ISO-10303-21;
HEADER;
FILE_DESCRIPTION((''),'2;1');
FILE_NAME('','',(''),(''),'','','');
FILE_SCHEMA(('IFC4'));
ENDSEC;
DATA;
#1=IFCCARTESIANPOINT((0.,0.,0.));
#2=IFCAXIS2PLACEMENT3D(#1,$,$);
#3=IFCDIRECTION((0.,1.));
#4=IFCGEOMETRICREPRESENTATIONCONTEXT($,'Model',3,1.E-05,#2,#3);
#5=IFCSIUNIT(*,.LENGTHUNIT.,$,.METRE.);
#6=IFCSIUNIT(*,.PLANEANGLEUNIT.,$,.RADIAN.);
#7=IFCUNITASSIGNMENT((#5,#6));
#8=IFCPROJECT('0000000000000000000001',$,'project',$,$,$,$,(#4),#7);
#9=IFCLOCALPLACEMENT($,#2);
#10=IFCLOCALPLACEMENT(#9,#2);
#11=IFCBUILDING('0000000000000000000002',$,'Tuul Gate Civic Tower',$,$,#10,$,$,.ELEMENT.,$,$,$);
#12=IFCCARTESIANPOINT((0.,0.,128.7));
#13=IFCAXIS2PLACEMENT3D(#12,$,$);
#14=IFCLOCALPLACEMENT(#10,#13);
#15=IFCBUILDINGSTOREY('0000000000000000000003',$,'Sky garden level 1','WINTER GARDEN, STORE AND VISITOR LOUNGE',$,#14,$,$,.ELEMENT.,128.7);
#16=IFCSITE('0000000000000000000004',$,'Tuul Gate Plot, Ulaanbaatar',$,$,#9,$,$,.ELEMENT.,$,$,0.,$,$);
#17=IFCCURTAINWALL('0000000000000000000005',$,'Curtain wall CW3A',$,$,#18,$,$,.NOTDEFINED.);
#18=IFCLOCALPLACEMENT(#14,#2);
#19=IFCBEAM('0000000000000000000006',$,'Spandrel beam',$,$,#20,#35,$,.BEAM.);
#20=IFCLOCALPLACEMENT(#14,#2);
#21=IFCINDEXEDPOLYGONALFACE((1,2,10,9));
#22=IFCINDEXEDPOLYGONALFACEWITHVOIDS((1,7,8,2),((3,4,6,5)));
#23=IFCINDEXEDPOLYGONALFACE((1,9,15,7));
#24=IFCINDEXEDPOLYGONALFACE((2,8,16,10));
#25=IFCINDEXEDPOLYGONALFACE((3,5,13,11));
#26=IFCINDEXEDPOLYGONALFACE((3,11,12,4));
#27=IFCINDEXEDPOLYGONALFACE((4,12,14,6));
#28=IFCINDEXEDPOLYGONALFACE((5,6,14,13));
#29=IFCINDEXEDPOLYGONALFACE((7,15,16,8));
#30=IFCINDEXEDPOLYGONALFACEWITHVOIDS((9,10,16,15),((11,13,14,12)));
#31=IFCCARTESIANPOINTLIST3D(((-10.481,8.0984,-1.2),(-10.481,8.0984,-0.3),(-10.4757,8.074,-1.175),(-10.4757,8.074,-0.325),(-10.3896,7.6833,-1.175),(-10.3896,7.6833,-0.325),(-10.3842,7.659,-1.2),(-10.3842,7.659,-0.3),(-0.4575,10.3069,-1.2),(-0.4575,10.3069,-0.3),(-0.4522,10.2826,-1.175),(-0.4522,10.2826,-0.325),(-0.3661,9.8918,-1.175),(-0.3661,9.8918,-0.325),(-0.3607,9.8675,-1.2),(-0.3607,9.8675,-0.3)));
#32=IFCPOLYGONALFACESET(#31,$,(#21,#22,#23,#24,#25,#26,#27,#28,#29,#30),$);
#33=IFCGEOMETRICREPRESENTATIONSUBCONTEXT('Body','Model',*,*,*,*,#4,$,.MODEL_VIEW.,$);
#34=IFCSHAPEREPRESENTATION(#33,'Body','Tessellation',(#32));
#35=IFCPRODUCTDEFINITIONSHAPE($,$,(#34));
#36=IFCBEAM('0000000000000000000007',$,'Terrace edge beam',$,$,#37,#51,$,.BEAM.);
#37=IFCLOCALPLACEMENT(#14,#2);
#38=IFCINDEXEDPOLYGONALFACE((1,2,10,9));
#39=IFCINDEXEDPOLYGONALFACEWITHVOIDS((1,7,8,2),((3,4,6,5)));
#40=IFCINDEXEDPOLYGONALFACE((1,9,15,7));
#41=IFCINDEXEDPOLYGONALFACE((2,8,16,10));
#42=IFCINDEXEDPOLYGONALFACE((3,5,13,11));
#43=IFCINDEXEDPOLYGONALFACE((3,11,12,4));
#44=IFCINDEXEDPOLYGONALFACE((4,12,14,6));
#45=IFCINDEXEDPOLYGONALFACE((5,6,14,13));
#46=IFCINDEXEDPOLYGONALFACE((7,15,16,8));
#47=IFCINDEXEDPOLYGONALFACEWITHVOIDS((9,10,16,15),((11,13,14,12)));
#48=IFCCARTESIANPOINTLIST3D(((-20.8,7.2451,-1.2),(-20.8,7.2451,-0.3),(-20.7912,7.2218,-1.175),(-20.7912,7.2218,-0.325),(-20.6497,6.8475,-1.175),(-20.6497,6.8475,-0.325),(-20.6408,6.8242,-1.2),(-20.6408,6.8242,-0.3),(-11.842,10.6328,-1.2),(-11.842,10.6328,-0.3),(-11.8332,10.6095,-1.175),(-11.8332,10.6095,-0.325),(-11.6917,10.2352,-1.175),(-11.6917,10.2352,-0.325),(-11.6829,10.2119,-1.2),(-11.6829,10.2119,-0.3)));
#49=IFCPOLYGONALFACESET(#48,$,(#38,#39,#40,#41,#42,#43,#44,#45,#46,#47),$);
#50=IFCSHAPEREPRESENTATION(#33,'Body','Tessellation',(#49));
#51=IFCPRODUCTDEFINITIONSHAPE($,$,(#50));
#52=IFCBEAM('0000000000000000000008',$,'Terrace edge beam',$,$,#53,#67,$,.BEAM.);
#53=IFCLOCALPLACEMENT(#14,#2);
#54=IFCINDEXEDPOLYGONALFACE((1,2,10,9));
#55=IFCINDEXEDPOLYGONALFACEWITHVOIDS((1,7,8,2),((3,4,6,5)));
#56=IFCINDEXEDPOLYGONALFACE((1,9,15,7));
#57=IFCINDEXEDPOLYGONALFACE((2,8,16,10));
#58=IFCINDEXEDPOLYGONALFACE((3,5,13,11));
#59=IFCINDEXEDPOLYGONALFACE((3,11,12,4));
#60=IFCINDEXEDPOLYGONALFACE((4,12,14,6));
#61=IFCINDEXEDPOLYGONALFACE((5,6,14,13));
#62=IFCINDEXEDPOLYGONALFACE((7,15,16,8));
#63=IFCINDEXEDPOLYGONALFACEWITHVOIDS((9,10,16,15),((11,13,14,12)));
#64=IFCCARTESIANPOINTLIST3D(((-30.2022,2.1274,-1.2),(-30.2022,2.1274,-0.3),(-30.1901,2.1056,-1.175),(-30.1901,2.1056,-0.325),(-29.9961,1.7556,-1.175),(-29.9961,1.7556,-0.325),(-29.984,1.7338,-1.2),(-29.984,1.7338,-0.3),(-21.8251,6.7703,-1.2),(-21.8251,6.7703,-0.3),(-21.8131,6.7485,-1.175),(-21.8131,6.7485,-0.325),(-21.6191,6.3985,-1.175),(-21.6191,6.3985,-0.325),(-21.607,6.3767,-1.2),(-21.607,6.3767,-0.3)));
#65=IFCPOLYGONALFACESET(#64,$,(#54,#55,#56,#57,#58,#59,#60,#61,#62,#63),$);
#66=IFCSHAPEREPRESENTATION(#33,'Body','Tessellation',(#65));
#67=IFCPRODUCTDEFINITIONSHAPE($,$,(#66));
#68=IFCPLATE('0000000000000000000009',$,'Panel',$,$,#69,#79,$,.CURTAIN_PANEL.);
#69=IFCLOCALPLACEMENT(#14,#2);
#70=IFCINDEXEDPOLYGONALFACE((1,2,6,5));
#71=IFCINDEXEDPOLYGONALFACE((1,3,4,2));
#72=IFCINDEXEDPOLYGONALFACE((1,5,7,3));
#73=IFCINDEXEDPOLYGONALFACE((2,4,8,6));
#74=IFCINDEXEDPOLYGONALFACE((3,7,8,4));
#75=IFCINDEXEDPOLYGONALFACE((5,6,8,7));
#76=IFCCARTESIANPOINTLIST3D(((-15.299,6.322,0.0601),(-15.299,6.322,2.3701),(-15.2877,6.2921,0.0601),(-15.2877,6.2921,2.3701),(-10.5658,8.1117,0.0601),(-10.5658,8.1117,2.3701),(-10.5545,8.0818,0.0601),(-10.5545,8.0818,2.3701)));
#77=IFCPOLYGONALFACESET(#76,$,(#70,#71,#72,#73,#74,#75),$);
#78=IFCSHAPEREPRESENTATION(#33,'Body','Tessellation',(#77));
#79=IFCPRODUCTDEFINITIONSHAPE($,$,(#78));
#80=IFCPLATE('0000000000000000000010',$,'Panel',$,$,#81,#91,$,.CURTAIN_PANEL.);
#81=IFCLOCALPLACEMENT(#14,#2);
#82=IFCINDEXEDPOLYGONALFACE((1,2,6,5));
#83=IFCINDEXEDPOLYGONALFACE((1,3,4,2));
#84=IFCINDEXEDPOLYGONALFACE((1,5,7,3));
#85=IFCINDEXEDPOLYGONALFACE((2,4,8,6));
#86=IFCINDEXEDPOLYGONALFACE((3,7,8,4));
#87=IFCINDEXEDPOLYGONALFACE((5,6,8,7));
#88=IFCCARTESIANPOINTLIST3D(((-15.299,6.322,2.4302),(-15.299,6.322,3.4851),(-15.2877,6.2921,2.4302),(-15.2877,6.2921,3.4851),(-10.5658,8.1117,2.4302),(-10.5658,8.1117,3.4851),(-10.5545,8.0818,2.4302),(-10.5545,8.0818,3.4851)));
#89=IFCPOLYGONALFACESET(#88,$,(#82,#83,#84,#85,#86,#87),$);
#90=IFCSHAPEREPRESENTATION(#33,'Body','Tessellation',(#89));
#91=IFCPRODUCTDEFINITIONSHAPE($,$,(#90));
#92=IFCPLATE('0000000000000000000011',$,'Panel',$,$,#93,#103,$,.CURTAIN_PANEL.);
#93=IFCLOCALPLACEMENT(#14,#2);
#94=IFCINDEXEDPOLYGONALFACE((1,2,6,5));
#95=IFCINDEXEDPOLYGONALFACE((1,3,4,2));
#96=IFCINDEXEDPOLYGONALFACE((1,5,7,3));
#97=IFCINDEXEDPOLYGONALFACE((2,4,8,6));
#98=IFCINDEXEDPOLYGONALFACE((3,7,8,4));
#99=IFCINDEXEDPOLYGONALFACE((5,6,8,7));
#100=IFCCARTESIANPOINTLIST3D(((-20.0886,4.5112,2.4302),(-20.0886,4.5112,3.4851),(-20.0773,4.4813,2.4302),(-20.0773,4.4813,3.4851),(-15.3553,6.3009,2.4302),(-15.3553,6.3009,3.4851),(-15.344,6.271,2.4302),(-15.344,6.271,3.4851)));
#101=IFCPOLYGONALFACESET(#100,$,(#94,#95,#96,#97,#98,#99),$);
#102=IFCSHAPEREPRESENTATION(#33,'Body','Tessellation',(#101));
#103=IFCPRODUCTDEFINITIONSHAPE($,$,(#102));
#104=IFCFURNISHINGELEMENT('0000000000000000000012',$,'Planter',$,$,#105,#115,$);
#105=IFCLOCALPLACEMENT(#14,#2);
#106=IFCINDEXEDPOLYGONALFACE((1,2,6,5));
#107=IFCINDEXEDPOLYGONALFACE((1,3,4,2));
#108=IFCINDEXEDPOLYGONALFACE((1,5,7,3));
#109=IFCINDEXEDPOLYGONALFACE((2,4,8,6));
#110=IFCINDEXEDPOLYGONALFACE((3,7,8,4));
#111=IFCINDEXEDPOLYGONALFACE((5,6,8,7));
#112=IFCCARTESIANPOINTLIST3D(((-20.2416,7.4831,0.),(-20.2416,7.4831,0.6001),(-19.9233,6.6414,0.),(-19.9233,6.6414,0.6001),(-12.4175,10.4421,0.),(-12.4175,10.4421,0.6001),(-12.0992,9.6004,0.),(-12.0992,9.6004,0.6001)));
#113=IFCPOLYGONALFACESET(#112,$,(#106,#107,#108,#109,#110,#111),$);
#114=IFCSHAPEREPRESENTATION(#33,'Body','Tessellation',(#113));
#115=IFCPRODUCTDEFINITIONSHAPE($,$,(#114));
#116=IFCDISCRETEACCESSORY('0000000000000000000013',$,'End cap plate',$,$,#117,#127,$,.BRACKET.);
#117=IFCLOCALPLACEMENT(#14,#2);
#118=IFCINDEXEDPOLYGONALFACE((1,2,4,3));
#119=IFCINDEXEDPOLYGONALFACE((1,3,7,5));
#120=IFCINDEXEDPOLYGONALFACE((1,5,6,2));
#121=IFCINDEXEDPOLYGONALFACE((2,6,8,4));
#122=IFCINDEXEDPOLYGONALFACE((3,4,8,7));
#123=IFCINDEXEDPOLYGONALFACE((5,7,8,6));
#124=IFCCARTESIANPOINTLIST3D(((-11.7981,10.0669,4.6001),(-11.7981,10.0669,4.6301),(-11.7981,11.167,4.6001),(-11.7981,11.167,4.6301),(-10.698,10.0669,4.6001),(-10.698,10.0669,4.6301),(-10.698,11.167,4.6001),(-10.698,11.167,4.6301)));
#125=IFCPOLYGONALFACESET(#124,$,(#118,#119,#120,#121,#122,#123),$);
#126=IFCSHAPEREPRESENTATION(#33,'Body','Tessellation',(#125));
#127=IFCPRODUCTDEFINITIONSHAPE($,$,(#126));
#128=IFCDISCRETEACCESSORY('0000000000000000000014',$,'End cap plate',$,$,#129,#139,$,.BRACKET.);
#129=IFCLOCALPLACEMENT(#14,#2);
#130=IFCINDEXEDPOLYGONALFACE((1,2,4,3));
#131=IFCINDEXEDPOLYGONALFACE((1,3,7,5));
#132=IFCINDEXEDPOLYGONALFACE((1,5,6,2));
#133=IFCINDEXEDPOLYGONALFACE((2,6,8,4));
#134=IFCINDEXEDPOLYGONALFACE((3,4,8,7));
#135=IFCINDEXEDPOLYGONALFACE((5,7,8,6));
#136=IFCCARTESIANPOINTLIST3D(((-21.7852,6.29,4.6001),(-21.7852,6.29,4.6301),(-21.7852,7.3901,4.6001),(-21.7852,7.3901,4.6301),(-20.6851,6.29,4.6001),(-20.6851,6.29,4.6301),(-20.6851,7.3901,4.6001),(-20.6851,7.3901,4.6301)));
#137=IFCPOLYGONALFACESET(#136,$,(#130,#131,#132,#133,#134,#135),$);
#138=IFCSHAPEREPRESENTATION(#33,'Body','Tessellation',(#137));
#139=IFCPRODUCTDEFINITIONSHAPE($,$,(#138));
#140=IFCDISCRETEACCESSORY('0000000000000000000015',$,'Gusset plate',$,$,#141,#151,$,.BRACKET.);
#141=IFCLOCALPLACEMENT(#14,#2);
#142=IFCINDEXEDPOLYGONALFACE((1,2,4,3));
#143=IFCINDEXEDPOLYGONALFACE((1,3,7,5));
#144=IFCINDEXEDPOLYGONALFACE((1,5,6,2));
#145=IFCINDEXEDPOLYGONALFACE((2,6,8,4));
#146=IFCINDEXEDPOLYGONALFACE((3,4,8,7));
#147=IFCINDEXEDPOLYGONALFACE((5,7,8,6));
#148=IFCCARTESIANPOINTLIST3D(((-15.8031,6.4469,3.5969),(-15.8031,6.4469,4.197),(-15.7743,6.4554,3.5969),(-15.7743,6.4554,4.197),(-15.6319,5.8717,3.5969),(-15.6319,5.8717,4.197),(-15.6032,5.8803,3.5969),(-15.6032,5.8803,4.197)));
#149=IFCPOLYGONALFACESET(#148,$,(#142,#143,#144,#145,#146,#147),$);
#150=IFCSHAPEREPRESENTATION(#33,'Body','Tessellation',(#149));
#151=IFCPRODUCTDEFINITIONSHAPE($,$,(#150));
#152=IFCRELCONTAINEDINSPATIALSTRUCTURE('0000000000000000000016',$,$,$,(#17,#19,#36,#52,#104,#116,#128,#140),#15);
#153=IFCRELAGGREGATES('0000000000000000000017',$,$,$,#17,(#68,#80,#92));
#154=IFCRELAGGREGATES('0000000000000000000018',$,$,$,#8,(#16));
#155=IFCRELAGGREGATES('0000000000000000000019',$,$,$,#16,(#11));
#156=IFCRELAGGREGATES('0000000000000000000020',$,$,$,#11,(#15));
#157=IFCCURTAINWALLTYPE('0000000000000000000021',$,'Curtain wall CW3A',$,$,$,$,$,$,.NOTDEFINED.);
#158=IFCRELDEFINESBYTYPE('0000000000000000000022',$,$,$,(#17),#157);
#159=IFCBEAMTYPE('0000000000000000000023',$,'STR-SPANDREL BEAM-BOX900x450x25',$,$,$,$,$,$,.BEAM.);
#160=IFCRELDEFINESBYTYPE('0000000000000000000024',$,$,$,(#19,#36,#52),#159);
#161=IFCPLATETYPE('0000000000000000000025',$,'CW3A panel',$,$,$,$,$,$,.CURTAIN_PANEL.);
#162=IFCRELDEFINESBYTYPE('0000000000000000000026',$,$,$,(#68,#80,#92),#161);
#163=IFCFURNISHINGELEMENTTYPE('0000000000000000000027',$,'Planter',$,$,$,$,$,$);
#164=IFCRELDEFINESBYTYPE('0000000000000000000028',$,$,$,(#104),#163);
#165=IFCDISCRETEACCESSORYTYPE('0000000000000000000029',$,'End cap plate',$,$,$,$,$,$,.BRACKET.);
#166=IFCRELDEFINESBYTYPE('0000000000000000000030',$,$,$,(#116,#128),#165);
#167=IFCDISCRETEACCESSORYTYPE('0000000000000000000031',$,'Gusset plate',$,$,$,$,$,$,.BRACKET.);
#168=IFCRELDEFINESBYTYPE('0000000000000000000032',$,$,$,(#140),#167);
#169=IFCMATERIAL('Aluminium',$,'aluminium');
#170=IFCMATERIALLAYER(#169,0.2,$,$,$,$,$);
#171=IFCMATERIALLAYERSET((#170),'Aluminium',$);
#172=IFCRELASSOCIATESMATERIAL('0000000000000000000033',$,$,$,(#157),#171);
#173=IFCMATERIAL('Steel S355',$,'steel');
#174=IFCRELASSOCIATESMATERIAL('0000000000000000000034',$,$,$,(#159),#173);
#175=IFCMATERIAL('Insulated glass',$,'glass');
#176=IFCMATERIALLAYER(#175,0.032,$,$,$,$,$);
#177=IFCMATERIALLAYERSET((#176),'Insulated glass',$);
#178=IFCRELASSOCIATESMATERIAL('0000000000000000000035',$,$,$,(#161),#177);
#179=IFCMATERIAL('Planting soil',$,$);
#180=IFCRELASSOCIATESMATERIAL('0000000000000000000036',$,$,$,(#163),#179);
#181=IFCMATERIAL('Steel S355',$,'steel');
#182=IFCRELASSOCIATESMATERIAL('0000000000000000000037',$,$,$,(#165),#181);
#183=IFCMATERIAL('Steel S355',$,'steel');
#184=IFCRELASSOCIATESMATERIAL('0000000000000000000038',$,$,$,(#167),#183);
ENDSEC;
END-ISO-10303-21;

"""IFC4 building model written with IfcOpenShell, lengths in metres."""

from ifc_helpers import new_model, si_unit, direction, frame, origin, origin_2d, place, context, subcontext, project, spatial, rectangle, hollow_rectangle, extrude, material, layer, layer_set, material_profile, profile_set, type_object, element, aggregate, save


model = new_model("IFC4")

# Units and contexts
model_context = context("Model", 3, precision=1e-05, world=origin(), true_north=direction((0.0, 1.0)))
body_context = subcontext(model_context, "Body", "Model", "MODEL_VIEW")
ifc_project = project(units=[si_unit("LENGTHUNIT", "METRE"), si_unit("PLANEANGLEUNIT", "RADIAN")], contexts=[model_context])

# Site, building, storey
site_placement = place(None, origin())
site = spatial("IfcSite", under=ifc_project, at=site_placement, Name="Tuul Gate Plot, Ulaanbaatar", CompositionType="ELEMENT", RefElevation=0.0)
building_placement = place(site_placement, origin())
building = spatial("IfcBuilding", under=site, at=building_placement, Name="Tuul Gate Civic Tower", CompositionType="ELEMENT")
storey_placement = place(building_placement, frame((0.0, 0.0, 128.7)))
storey = spatial("IfcBuildingStorey", under=building, at=storey_placement, Name="Sky garden level 1", Description="WINTER GARDEN, STORE AND VISITOR LOUNGE", CompositionType="ELEMENT", Elevation=128.7)

# Curtain wall
ifc_material_1 = material(Name="Aluminium", Category="aluminium")
ifc_layer_1 = layer(ifc_material_1, 0.2)
ifc_layer_set_1 = layer_set([ifc_layer_1], Name="Aluminium")
curtain_wall_type = type_object("IfcCurtainWallType", Name="Curtain wall CW3A", PredefinedType="NOTDEFINED", material=ifc_layer_set_1)
curtain_wall_placement = place(storey_placement, origin())
curtain_wall = element("IfcCurtainWall", 1, at=curtain_wall_placement, inside=storey, type_object=curtain_wall_type, Name="Curtain wall CW3A", PredefinedType="NOTDEFINED")

# Beams
ifc_material_2 = material(Name="Steel S355", Category="steel")
ifc_material_profile_1 = material_profile(ifc_material_2, hollow_rectangle(XDim=0.45, YDim=0.8999, WallThickness=0.0249, at=origin_2d()), Name="BOX900x450x25")
ifc_profile_set_1 = profile_set([ifc_material_profile_1], Name="Steel S355")
beam_type_1 = type_object("IfcBeamType", Name="STR-SPANDREL BEAM-BOX900x450x25", PredefinedType="BEAM", material=ifc_profile_set_1)
beam_1_placement = place(storey_placement, frame((-10.4326, 7.8787, -0.75), z_axis=(0.976576, 0.215172, 0.0), x_axis=(-0.215172, 0.976576, 0.0)))
element("IfcBeam", 2, at=beam_1_placement, inside=storey, type_object=beam_type_1, Name="Spandrel beam", PredefinedType="BEAM", context=body_context, shape_type="SweptSolid", body=[
    extrude(hollow_rectangle(XDim=0.45, YDim=0.8999, WallThickness=0.0249, at=origin_2d()), origin(), (0.0, 0.0, 1.0), 10.2639),
])
beam_2_placement = place(storey_placement, frame((-11.7625, 10.4224, -0.75), z_axis=(-0.935349, -0.353726, 0.0), x_axis=(0.353726, -0.935349, 0.0)))
element("IfcBeam", 3, at=beam_2_placement, inside=storey, type_object=beam_type_1, Name="Terrace edge beam", PredefinedType="BEAM", context=body_context, shape_type="SweptSolid", body=[
    extrude(hollow_rectangle(XDim=0.45, YDim=0.8999, WallThickness=0.0249, at=origin_2d()), origin(), (0.0, 0.0, 1.0), 9.5771),
])
beam_3_placement = place(storey_placement, frame((-21.7161, 6.5735, -0.75), z_axis=(-0.874646, -0.484762, 0.0), x_axis=(0.484762, -0.874646, 0.0)))
element("IfcBeam", 4, at=beam_3_placement, inside=storey, type_object=beam_type_1, Name="Terrace edge beam", PredefinedType="BEAM", context=body_context, shape_type="SweptSolid", body=[
    extrude(hollow_rectangle(XDim=0.45, YDim=0.8999, WallThickness=0.0249, at=origin_2d()), origin(), (0.0, 0.0, 1.0), 9.5776),
])

# Plates
ifc_material_3 = material(Name="Insulated glass", Category="glass")
ifc_layer_2 = layer(ifc_material_3, 0.032)
ifc_layer_set_2 = layer_set([ifc_layer_2], Name="Insulated glass")
plate_type = type_object("IfcPlateType", Name="CW3A panel", PredefinedType="CURTAIN_PANEL", material=ifc_layer_set_2)
plate_1_placement = place(storey_placement, frame((-12.9268, 7.2019, 0.0601), z_axis=(0.0, 0.0, 1.0), x_axis=(-0.935372, -0.353665, 0.0)))
plate_1 = element("IfcPlate", 5, at=plate_1_placement, type_object=plate_type, Name="Panel", PredefinedType="CURTAIN_PANEL", context=body_context, shape_type="SweptSolid", body=[
    extrude(rectangle(XDim=5.0603, YDim=0.032, at=origin_2d()), origin(), (0.0, 0.0, 1.0), 2.3101),
])
plate_2_placement = place(storey_placement, frame((-12.9268, 7.2019, 2.4302), z_axis=(0.0, 0.0, 1.0), x_axis=(-0.935372, -0.353665, 0.0)))
plate_2 = element("IfcPlate", 6, at=plate_2_placement, type_object=plate_type, Name="Panel", PredefinedType="CURTAIN_PANEL", context=body_context, shape_type="SweptSolid", body=[
    extrude(rectangle(XDim=5.0603, YDim=0.032, at=origin_2d()), origin(), (0.0, 0.0, 1.0), 1.0549),
])
plate_3_placement = place(storey_placement, frame((-17.7163, 5.3911, 2.4302), z_axis=(0.0, 0.0, 1.0), x_axis=(-0.935372, -0.353665, 0.0)))
plate_3 = element("IfcPlate", 7, at=plate_3_placement, type_object=plate_type, Name="Panel", PredefinedType="CURTAIN_PANEL", context=body_context, shape_type="SweptSolid", body=[
    extrude(rectangle(XDim=5.0603, YDim=0.032, at=origin_2d()), origin(), (0.0, 0.0, 1.0), 1.0549),
])
aggregate(curtain_wall, [plate_1, plate_2, plate_3])

# Furnishing element
ifc_material_4 = material(Name="Planting soil")
furnishing_element_type = type_object("IfcFurnishingElementType", Name="Planter", material=ifc_material_4)
furnishing_placement = place(storey_placement, frame((-16.1704, 8.5417, 0.0), z_axis=(0.0, 0.0, 1.0), x_axis=(-0.935344, -0.353738, 0.0)))
element("IfcFurnishingElement", 8, at=furnishing_placement, inside=storey, type_object=furnishing_element_type, Name="Planter", context=body_context, shape_type="SweptSolid", body=[
    extrude(rectangle(XDim=8.365, YDim=0.8999, at=origin_2d()), origin(), (0.0, 0.0, 1.0), 0.6001),
])

# Discrete accessories
ifc_material_5 = material(Name="Steel S355", Category="steel")
discrete_accessory_type_1 = type_object("IfcDiscreteAccessoryType", Name="End cap plate", PredefinedType="BRACKET", material=ifc_material_5)
for number, where, z_axis, x_axis, name in (
    (9, (-11.248, 10.6169, 4.6001), (0.0, 0.0, 1.0), (1.0, 0.0, 0.0), "End cap plate"),
    (10, (-21.2351, 6.8401, 4.6001), (0.0, 0.0, 1.0), (1.0, 0.0, 0.0), "End cap plate"),
):
    element("IfcDiscreteAccessory", number, at=place(storey_placement, frame(where, z_axis=z_axis, x_axis=x_axis)), inside=storey, type_object=discrete_accessory_type_1, Name=name, PredefinedType="BRACKET", context=body_context, shape_type="SweptSolid", body=[
        extrude(rectangle(XDim=1.1001, YDim=1.1001, at=origin_2d()), origin(), (0.0, 0.0, 1.0), 0.03),
    ])
ifc_material_6 = material(Name="Steel S355", Category="steel")
discrete_accessory_type_2 = type_object("IfcDiscreteAccessoryType", Name="Gusset plate", PredefinedType="BRACKET", material=ifc_material_6)
discrete_accessory_placement = place(storey_placement, frame((-15.7031, 6.1636, 3.5969), z_axis=(0.0, 0.0, 1.0), x_axis=(0.285212, -0.958464, 0.0)))
element("IfcDiscreteAccessory", 11, at=discrete_accessory_placement, inside=storey, type_object=discrete_accessory_type_2, Name="Gusset plate", PredefinedType="BRACKET", context=body_context, shape_type="SweptSolid", body=[
    extrude(rectangle(XDim=0.6001, YDim=0.03, at=origin_2d()), origin(), (0.0, 0.0, 1.0), 0.6001),
])

save(model, "model.ifc")
